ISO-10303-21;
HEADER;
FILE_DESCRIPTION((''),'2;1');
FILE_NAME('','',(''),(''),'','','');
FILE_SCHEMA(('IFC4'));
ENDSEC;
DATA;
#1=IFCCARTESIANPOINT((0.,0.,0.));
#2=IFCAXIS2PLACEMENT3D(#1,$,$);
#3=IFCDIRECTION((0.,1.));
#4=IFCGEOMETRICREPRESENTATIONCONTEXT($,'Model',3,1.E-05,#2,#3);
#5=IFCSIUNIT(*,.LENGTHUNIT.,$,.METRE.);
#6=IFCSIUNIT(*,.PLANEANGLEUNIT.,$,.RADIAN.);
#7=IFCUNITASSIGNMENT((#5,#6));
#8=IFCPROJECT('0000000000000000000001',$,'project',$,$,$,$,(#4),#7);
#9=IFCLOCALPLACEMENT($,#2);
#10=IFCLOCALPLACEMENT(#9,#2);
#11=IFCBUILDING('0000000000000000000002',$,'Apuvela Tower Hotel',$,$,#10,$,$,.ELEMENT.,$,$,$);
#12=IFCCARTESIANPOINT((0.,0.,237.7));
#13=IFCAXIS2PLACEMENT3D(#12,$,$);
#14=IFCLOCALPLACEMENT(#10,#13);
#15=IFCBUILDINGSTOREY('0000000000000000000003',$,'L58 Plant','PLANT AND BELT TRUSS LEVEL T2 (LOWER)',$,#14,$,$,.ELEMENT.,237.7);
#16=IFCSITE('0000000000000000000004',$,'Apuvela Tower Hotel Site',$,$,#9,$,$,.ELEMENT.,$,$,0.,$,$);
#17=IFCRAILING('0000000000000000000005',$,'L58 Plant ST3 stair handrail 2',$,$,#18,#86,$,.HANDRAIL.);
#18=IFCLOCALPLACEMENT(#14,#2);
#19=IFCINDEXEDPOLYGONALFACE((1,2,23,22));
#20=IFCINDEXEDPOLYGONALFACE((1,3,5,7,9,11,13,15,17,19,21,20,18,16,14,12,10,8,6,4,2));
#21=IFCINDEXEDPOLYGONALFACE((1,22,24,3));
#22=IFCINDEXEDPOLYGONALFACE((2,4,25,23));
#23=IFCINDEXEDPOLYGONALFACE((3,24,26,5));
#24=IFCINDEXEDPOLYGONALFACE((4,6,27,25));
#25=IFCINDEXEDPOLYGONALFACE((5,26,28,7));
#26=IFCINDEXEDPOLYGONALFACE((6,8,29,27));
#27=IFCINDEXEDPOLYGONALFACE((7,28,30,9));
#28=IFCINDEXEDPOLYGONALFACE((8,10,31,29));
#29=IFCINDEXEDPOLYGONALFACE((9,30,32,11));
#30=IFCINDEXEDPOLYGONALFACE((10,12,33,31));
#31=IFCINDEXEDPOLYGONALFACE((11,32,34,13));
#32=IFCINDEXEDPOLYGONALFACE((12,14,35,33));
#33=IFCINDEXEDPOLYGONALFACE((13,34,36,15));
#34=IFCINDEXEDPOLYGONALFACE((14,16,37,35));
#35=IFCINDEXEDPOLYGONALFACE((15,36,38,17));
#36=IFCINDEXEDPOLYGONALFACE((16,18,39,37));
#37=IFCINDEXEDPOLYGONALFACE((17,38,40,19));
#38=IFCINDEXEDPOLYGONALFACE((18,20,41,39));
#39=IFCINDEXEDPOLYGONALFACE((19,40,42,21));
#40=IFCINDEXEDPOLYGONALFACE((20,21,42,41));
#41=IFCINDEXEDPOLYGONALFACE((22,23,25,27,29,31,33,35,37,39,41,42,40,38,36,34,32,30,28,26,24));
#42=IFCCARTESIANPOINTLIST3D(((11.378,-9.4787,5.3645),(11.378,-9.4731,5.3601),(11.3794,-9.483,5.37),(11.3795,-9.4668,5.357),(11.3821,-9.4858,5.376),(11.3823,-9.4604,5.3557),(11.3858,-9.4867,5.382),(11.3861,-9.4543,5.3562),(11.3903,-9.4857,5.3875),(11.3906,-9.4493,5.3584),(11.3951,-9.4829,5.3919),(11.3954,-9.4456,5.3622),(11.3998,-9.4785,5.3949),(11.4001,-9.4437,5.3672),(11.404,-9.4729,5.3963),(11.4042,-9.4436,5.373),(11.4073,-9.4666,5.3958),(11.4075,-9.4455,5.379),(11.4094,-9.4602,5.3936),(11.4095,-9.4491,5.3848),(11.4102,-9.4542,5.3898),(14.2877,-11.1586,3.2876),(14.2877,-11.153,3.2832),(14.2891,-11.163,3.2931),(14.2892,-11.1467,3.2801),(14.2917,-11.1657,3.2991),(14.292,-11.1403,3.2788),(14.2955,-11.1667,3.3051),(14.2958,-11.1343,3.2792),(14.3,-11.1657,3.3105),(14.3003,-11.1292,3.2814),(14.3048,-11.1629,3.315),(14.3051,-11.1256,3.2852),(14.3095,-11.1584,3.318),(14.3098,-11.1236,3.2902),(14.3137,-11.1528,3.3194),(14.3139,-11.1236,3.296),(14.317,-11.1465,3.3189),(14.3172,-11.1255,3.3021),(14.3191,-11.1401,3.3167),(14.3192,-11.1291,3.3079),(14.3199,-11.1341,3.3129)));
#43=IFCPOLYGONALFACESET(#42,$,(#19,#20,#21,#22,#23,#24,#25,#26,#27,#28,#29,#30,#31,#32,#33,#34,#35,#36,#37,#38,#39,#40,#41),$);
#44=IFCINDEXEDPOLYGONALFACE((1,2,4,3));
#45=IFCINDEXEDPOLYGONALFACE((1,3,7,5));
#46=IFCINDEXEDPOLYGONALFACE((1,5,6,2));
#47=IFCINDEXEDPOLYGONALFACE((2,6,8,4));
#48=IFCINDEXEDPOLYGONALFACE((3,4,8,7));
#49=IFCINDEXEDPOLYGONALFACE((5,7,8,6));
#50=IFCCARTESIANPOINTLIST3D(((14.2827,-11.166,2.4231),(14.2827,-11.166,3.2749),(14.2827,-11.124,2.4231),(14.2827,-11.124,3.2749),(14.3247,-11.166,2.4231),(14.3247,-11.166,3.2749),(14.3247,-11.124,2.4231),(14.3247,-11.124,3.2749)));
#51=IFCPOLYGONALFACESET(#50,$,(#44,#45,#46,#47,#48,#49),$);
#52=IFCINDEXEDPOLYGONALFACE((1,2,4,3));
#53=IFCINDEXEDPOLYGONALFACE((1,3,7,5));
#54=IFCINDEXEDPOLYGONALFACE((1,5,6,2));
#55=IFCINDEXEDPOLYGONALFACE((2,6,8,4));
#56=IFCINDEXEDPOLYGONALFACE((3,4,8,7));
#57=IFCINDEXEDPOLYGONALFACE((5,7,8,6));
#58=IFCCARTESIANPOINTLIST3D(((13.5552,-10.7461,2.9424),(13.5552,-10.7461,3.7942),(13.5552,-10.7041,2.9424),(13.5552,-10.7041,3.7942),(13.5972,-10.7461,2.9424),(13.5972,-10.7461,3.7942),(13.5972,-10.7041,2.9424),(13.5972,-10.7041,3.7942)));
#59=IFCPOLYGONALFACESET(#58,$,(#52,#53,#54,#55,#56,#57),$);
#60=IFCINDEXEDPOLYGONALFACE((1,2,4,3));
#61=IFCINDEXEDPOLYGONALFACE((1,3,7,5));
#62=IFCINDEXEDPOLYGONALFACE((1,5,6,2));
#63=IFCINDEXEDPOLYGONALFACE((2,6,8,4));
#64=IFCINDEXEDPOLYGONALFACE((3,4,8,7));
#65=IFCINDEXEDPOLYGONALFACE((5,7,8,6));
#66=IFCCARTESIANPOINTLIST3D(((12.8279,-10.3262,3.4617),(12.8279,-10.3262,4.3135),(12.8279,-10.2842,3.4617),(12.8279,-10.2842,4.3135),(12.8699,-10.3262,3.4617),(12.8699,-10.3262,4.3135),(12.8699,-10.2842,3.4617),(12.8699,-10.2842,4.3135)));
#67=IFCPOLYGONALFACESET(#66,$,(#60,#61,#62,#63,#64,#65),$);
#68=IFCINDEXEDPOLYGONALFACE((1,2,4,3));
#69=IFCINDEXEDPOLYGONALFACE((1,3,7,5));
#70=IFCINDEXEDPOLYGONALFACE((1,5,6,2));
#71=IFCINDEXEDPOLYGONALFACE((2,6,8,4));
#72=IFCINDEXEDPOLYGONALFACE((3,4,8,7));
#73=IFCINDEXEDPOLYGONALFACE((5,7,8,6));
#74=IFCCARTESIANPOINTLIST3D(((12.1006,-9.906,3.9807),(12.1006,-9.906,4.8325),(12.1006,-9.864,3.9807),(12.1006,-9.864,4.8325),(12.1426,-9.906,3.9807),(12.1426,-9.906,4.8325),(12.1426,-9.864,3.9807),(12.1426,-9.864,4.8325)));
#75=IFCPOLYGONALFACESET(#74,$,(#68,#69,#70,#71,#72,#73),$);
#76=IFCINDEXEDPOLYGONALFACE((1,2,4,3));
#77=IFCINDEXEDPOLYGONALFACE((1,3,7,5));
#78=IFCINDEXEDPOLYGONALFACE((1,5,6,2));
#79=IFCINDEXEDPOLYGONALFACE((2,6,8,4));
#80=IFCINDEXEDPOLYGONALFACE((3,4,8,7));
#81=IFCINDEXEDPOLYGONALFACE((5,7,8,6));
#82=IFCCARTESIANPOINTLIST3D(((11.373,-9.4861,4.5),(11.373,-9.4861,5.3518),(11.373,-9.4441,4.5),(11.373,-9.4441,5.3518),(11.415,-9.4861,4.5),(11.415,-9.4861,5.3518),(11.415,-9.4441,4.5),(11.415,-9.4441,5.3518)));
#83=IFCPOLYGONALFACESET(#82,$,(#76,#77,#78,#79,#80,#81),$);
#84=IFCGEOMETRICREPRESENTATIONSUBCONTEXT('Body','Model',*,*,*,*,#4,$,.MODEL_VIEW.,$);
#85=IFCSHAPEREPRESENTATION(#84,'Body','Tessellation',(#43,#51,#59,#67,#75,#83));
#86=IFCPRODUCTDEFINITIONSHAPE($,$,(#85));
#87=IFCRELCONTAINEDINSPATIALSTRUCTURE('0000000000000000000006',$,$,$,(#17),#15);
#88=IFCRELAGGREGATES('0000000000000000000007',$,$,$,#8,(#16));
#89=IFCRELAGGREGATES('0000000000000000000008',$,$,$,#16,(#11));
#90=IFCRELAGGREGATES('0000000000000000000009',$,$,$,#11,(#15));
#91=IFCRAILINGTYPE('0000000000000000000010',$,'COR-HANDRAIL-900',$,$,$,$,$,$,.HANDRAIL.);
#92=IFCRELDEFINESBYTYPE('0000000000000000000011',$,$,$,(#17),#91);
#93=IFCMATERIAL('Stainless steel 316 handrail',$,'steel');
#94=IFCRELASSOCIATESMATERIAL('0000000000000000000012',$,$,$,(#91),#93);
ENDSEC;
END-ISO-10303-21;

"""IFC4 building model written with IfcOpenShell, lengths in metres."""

from ifc_helpers import new_model, si_unit, direction, frame, origin, origin_2d, place, context, subcontext, project, spatial, rectangle, circle, extrude, material, type_object, element, save


model = new_model("IFC4")

# Units and contexts
model_context = context("Model", 3, precision=1e-05, world=origin(), true_north=direction((0.0, 1.0)))
body_context = subcontext(model_context, "Body", "Model", "MODEL_VIEW")
ifc_project = project(units=[si_unit("LENGTHUNIT", "METRE"), si_unit("PLANEANGLEUNIT", "RADIAN")], contexts=[model_context])

# Site, building, storey
site_placement = place(None, origin())
site = spatial("IfcSite", under=ifc_project, at=site_placement, Name="Apuvela Tower Hotel Site", CompositionType="ELEMENT", RefElevation=0.0)
building_placement = place(site_placement, origin())
building = spatial("IfcBuilding", under=site, at=building_placement, Name="Apuvela Tower Hotel", CompositionType="ELEMENT")
storey_placement = place(building_placement, frame((0.0, 0.0, 237.7)))
storey = spatial("IfcBuildingStorey", under=building, at=storey_placement, Name="L58 Plant", Description="PLANT AND BELT TRUSS LEVEL T2 (LOWER)", CompositionType="ELEMENT", Elevation=237.7)

# Railing
ifc_material_1 = material(Name="Stainless steel 316 handrail", Category="steel")
railing_type_1 = type_object("IfcRailingType", Name="COR-HANDRAIL-900", PredefinedType="HANDRAIL", material=ifc_material_1)
railing_1_placement = place(storey_placement, frame((14.3037, -11.145, 2.4231)))
element("IfcRailing", 1, at=railing_1_placement, inside=storey, type_object=railing_type_1, Name="L58 Plant ST3 stair handrail 2", PredefinedType="HANDRAIL", context=body_context, shape_type="SweptSolid", body=[
    extrude(circle(Radius=0.0239, at=origin_2d()), frame((0.0, 0.0, 0.876), z_axis=(-0.73664, 0.425308, 0.525809), x_axis=(-0.500008, -0.866021, 0.0)), (0.0, 0.0, 1.0), 3.95),
    extrude(rectangle(XDim=0.042, YDim=0.042, at=origin_2d()), origin(), (0.0, 0.0, 1.0), 0.8518),
    extrude(rectangle(XDim=0.042, YDim=0.042, at=origin_2d()), frame((-0.7275, 0.4199, 0.5193)), (0.0, 0.0, 1.0), 0.8518),
    extrude(rectangle(XDim=0.042, YDim=0.042, at=origin_2d()), frame((-1.4548, 0.8398, 1.0386)), (0.0, 0.0, 1.0), 0.8518),
    extrude(rectangle(XDim=0.042, YDim=0.042, at=origin_2d()), frame((-2.1821, 1.26, 1.5576)), (0.0, 0.0, 1.0), 0.8518),
    extrude(rectangle(XDim=0.042, YDim=0.042, at=origin_2d()), frame((-2.9097, 1.6799, 2.0769)), (0.0, 0.0, 1.0), 0.8518),
])

save(model, "model.ifc")
